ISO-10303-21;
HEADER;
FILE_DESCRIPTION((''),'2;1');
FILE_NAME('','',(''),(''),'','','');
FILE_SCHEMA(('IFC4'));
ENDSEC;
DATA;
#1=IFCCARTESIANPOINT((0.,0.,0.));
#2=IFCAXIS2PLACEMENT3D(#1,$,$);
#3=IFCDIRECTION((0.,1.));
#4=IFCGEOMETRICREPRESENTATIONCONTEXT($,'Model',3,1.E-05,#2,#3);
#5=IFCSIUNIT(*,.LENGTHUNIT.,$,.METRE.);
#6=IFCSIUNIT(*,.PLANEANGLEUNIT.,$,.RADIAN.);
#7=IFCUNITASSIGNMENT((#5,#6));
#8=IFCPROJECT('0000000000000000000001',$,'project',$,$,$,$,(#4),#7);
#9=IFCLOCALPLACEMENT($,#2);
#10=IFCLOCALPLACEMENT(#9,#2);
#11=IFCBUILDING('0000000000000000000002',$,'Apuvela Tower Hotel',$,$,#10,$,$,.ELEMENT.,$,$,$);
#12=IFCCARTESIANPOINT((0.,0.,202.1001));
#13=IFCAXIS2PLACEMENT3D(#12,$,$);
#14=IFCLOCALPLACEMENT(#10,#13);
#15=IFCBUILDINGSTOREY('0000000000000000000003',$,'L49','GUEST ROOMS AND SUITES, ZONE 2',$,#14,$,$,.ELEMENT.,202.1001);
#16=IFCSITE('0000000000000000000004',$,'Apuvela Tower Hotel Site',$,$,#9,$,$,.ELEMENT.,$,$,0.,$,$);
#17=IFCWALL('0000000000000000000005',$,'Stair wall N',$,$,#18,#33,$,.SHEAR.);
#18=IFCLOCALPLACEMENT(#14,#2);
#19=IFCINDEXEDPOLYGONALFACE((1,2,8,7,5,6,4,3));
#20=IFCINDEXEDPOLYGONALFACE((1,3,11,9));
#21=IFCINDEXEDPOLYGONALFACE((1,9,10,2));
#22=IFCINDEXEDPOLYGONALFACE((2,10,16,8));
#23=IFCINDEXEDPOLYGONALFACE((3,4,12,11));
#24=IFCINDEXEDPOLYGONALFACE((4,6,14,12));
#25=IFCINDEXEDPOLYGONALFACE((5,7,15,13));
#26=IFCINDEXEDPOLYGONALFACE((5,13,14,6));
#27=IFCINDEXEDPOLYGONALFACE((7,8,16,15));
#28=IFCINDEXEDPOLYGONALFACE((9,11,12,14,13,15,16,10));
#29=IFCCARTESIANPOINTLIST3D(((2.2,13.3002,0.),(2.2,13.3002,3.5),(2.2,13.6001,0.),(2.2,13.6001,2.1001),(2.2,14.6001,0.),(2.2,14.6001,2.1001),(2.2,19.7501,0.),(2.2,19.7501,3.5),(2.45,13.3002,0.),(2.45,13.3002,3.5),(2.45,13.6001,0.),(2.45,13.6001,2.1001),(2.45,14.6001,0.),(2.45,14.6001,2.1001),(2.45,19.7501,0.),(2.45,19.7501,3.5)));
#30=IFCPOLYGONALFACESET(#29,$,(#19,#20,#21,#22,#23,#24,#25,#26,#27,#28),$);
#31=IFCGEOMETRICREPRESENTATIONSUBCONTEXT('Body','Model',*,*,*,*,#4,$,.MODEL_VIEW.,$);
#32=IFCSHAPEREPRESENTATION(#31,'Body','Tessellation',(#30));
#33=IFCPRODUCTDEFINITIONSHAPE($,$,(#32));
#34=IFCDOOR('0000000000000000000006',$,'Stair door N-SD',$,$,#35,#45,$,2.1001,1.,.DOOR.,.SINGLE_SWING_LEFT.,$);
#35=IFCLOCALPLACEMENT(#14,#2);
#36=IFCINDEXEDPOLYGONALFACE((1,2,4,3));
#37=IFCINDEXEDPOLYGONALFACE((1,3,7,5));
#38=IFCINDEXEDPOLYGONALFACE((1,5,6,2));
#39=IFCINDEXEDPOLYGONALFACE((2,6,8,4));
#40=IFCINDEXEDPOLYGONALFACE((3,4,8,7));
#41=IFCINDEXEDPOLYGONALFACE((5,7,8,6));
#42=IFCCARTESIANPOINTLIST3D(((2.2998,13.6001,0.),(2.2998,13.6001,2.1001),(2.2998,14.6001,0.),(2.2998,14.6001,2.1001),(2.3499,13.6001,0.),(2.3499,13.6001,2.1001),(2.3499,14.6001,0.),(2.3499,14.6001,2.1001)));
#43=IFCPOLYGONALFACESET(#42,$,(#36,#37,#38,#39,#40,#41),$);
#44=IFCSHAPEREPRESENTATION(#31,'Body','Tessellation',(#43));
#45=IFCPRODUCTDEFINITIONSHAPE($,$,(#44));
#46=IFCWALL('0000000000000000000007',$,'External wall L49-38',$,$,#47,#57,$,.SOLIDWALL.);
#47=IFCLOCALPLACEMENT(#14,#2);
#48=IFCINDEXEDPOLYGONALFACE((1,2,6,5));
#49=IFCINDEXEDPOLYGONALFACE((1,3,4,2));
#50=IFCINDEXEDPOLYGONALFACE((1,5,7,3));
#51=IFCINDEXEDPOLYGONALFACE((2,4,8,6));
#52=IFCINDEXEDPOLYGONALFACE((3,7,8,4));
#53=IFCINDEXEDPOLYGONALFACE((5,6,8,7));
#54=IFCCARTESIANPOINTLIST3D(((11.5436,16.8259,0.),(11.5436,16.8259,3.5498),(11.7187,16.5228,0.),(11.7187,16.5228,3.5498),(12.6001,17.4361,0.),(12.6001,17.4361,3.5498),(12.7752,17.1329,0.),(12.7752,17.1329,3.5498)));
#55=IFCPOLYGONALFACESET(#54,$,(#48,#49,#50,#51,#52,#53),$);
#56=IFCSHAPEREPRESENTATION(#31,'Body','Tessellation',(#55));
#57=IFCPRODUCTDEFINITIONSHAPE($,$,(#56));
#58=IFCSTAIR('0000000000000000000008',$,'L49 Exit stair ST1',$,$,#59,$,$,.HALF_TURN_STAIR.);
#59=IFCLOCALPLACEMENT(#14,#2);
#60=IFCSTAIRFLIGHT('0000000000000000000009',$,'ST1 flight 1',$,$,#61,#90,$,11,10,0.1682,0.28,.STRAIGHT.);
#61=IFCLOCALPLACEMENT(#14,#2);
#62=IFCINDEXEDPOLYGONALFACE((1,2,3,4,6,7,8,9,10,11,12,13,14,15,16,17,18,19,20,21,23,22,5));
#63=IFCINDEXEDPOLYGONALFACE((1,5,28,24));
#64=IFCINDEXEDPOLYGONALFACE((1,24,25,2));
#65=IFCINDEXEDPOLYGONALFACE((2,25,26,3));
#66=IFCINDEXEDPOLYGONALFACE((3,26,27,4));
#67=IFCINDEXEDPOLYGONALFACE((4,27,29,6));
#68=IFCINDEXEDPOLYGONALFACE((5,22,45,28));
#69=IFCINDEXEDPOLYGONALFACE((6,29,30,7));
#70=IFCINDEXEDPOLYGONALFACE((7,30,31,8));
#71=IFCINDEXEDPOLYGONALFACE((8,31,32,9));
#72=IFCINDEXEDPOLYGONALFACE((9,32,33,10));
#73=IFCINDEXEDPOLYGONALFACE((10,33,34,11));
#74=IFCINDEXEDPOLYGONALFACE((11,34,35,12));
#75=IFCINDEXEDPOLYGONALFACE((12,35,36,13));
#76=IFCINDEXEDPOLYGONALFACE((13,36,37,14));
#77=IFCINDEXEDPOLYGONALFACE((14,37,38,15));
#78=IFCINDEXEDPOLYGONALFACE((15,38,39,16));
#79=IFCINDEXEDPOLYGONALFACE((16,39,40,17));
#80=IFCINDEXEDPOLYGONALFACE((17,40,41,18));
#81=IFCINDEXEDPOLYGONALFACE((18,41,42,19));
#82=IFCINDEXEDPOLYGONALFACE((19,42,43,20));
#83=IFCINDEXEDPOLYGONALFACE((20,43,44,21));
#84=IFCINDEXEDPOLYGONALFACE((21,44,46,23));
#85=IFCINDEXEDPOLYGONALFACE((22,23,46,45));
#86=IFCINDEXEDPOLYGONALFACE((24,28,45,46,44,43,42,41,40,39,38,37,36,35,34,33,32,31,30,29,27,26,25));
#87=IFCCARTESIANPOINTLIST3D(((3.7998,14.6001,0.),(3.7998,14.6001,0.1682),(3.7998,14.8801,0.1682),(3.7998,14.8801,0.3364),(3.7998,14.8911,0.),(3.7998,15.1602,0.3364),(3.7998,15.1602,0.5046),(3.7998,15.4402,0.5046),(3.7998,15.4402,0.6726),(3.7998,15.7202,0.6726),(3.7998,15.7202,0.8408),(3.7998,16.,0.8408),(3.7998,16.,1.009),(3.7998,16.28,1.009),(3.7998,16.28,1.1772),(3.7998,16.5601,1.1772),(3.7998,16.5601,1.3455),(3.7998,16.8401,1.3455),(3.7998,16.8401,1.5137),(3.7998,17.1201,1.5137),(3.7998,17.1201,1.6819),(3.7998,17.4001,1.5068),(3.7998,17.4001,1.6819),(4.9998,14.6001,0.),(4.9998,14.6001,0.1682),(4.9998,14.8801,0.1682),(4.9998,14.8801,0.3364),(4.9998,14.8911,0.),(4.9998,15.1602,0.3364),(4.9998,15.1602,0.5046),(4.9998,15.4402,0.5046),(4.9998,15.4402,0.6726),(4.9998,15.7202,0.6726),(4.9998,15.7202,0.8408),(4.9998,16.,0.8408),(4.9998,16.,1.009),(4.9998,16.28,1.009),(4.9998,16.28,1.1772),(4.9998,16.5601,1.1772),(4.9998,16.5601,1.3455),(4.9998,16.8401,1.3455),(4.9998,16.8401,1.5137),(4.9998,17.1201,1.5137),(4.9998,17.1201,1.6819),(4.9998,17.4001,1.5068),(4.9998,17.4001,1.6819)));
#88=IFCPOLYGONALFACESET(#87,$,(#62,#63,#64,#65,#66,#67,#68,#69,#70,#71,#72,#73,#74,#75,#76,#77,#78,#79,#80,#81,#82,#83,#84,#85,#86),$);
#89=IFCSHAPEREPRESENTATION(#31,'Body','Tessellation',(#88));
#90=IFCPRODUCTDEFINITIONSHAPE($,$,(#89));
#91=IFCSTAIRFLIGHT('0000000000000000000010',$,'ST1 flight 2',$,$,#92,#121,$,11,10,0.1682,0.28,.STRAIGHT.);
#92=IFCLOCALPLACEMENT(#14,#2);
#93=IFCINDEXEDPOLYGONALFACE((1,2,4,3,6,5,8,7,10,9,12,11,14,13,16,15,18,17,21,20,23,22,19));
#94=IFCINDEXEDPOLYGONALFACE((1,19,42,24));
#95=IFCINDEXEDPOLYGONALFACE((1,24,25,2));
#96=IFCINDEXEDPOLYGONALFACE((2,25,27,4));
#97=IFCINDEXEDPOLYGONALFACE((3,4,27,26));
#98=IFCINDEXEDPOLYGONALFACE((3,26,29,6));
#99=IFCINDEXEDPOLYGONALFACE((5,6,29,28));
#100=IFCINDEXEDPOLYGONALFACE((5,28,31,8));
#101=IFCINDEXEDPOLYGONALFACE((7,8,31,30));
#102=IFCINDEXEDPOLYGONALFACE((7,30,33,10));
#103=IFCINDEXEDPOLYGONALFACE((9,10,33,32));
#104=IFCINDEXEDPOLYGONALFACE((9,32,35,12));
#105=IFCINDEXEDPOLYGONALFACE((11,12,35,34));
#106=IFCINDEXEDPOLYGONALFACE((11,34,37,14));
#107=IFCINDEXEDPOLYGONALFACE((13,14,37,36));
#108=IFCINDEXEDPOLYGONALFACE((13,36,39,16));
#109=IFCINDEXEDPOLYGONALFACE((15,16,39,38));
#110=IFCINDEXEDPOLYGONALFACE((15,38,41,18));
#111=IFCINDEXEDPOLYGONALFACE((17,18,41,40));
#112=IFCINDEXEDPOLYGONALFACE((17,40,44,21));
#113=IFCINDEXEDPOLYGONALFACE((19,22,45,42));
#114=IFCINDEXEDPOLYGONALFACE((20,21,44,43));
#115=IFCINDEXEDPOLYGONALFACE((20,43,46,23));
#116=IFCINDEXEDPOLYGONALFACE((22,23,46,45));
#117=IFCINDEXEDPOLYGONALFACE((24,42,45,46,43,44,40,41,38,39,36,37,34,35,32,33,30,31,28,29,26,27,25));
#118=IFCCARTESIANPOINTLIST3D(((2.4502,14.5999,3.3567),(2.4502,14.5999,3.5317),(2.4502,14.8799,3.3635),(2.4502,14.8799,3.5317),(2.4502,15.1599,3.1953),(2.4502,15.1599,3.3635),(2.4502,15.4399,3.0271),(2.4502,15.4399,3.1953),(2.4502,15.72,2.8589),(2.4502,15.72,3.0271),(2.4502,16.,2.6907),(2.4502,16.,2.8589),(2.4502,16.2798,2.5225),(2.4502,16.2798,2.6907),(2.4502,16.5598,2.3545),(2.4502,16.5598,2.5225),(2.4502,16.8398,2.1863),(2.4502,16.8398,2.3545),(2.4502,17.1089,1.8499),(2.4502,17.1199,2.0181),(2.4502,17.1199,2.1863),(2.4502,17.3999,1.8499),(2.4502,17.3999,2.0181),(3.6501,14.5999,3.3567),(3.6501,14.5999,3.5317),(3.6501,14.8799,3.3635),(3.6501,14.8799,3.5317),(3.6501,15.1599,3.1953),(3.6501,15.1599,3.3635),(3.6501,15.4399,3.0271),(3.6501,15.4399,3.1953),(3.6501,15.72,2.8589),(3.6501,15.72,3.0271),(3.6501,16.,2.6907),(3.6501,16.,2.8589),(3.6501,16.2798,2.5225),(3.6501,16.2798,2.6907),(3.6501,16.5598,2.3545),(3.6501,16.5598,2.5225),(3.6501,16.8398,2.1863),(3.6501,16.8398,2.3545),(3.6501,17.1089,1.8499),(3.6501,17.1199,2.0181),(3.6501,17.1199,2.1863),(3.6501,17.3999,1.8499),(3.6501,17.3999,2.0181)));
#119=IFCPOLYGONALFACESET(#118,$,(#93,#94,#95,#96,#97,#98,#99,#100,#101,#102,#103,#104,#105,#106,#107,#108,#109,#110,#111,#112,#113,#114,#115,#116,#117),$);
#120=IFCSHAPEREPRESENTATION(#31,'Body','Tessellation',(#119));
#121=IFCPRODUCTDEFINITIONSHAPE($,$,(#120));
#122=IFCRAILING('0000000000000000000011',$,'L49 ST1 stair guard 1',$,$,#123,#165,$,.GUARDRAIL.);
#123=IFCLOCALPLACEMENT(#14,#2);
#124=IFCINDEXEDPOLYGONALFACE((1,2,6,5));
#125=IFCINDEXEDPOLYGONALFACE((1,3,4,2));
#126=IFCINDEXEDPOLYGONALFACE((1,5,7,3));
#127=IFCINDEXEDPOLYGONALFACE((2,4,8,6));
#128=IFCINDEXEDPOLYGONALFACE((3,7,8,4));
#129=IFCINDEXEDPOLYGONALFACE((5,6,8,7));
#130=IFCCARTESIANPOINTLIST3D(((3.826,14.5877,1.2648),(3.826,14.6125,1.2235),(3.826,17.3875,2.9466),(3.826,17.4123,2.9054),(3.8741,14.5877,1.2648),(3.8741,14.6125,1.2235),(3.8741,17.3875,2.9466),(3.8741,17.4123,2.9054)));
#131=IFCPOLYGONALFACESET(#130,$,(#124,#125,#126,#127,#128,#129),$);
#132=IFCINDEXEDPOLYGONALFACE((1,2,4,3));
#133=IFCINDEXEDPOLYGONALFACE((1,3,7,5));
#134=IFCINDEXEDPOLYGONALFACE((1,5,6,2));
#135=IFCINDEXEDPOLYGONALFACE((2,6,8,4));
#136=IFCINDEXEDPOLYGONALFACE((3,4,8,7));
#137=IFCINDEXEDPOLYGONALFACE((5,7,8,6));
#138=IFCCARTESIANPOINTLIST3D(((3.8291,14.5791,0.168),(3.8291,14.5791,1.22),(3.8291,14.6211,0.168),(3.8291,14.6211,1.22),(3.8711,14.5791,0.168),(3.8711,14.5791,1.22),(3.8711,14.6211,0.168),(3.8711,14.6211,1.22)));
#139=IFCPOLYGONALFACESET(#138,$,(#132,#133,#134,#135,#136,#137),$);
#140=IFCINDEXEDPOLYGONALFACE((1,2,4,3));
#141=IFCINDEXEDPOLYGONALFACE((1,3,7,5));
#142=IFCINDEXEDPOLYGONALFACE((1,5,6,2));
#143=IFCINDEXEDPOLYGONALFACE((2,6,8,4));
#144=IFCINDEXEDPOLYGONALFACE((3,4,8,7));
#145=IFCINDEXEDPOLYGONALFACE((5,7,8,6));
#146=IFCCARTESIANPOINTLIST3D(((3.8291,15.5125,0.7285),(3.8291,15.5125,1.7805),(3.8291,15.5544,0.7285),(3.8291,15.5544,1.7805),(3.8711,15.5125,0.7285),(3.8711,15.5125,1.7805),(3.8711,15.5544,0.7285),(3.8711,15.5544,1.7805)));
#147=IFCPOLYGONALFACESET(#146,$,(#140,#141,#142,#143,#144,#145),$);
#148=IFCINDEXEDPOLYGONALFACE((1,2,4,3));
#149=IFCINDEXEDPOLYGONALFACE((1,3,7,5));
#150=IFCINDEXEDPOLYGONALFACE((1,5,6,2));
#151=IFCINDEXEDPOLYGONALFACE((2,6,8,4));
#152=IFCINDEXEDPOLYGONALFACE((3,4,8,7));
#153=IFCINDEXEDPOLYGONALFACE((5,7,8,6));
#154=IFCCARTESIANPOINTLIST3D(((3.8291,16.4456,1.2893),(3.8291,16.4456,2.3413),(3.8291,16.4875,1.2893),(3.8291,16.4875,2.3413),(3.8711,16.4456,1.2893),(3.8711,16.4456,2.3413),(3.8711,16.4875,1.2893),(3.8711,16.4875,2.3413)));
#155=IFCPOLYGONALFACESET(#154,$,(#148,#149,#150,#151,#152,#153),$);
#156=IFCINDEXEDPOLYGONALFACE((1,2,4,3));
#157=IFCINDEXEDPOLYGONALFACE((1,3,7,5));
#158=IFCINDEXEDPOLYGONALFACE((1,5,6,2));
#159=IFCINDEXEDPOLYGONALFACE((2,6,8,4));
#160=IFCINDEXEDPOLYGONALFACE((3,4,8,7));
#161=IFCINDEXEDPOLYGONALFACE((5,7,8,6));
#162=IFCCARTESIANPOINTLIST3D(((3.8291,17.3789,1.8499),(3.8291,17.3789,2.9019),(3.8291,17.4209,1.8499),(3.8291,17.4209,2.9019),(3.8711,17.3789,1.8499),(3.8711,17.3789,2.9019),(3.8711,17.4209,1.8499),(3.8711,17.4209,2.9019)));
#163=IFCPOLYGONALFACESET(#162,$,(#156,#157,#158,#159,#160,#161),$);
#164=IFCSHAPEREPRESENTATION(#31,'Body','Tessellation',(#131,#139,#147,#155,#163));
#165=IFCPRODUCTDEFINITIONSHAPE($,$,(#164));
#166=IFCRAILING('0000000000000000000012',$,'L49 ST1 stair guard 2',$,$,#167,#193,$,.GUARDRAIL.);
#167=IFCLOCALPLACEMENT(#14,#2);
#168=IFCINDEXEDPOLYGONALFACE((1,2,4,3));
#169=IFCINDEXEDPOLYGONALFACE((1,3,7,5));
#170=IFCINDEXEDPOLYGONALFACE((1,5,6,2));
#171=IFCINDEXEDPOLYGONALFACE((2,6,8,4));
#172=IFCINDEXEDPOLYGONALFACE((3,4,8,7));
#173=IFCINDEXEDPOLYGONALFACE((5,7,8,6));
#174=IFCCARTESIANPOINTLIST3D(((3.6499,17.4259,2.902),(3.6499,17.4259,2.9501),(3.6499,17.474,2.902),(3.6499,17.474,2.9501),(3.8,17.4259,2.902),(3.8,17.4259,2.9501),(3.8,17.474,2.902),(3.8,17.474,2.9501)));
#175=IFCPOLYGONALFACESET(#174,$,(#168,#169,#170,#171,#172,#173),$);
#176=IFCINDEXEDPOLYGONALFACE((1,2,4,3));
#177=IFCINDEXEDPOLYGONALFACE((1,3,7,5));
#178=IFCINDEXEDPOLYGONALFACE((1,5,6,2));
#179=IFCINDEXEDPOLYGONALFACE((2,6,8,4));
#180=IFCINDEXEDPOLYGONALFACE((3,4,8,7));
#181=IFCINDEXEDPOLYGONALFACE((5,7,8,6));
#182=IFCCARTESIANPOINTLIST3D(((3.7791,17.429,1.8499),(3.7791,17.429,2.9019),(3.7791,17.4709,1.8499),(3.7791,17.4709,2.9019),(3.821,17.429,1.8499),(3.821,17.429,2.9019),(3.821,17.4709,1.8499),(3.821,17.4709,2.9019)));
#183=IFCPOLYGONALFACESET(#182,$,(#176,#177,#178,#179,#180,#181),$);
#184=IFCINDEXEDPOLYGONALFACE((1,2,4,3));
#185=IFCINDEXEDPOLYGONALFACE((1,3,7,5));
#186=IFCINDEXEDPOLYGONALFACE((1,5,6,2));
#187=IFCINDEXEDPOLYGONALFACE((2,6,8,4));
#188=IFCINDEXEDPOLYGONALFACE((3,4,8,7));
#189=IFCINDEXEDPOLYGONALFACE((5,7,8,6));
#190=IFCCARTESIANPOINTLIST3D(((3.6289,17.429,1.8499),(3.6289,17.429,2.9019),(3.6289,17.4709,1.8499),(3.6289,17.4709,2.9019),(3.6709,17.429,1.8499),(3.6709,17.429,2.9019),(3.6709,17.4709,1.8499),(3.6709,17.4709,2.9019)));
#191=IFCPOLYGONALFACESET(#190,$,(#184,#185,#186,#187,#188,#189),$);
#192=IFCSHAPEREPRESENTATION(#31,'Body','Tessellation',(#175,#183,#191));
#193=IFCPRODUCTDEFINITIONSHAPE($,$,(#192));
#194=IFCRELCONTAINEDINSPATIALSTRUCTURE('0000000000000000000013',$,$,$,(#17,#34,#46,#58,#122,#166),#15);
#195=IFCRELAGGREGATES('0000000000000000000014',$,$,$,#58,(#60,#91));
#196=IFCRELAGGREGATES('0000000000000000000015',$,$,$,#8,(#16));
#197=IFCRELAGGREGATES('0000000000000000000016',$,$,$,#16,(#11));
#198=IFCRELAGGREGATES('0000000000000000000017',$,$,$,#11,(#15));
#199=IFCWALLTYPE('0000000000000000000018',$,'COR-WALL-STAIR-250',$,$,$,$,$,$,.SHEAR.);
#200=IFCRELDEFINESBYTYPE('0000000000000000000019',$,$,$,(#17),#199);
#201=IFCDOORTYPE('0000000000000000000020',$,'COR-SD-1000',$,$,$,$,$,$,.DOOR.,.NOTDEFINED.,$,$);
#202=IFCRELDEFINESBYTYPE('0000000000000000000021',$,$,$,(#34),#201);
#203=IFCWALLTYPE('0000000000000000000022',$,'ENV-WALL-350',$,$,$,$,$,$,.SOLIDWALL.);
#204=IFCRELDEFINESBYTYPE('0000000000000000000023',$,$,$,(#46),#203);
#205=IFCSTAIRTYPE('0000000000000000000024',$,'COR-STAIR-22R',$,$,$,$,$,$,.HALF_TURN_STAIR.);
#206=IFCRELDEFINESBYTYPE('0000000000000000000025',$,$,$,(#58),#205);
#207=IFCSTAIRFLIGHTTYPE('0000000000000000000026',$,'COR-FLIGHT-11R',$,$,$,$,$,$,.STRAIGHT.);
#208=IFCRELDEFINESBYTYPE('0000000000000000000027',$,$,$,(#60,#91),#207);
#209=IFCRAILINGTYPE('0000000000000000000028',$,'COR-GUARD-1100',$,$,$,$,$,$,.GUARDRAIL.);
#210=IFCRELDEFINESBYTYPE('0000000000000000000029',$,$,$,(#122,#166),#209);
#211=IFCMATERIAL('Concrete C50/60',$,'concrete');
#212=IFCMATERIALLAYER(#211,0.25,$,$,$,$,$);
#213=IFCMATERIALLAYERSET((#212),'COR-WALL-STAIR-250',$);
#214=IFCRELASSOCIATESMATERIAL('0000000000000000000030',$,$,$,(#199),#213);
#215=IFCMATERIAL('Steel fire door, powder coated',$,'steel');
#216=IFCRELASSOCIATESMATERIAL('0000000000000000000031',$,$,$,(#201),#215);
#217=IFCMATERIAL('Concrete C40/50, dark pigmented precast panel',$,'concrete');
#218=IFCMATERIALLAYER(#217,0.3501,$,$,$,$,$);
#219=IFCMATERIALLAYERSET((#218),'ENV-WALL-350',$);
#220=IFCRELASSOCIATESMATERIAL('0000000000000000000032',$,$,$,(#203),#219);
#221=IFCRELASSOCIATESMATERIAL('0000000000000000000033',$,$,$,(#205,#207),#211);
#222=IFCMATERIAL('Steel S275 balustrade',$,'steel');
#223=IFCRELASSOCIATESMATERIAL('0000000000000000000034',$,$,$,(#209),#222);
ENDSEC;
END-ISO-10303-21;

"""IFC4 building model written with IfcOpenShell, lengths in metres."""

from ifc_helpers import new_model, si_unit, direction, frame, frame_2d, origin, origin_2d, place, context, subcontext, project, spatial, polyline, rectangle, outline, extrude, material, layer, layer_set, type_object, element, fill, aggregate, save


model = new_model("IFC4")

# Units and contexts
model_context = context("Model", 3, precision=1e-05, world=origin(), true_north=direction((0.0, 1.0)))
body_context = subcontext(model_context, "Body", "Model", "MODEL_VIEW")
ifc_project = project(units=[si_unit("LENGTHUNIT", "METRE"), si_unit("PLANEANGLEUNIT", "RADIAN")], contexts=[model_context])

# Site, building, storey
site_placement = place(None, origin())
site = spatial("IfcSite", under=ifc_project, at=site_placement, Name="Apuvela Tower Hotel Site", CompositionType="ELEMENT", RefElevation=0.0)
building_placement = place(site_placement, origin())
building = spatial("IfcBuilding", under=site, at=building_placement, Name="Apuvela Tower Hotel", CompositionType="ELEMENT")
storey_placement = place(building_placement, frame((0.0, 0.0, 202.1001)))
storey = spatial("IfcBuildingStorey", under=building, at=storey_placement, Name="L49", Description="GUEST ROOMS AND SUITES, ZONE 2", CompositionType="ELEMENT", Elevation=202.1001)

# Shared definitions
ifc_material_1 = material(Name="Concrete C50/60", Category="concrete")
ifc_material_2 = material(Name="Steel fire door, powder coated", Category="steel")

# Wall, opening, door
ifc_layer_1 = layer(ifc_material_1, 0.25)
ifc_layer_set_1 = layer_set([ifc_layer_1], Name="COR-WALL-STAIR-250")
wall_type_1 = type_object("IfcWallType", Name="COR-WALL-STAIR-250", PredefinedType="SHEAR", material=ifc_layer_set_1)
wall_1_placement = place(storey_placement, frame((2.325, 13.3, 0.0), z_axis=(0.0, 0.0, 1.0), x_axis=(0.0, 1.0, 0.0)))
wall_1 = element("IfcWall", 1, at=wall_1_placement, inside=storey, type_object=wall_type_1, Name="Stair wall N", PredefinedType="SHEAR", context=body_context, shape_type="SweptSolid", body=[
    extrude(rectangle(XDim=6.45, YDim=0.25, at=frame_2d((3.2251, 0.0))), origin(), (0.0, 0.0, 1.0), 3.5),
])
opening_1_placement = place(wall_1_placement, frame((0.3, 0.0, 0.0)))
opening_1 = element("IfcOpeningElement", 2, at=opening_1_placement, cuts=wall_1, PredefinedType="OPENING", context=body_context, shape_type="SweptSolid", body=[
    extrude(rectangle(XDim=1.0, YDim=2.1001, at=frame_2d((0.5, 1.05))), frame((0.0, 0.135, 0.0), z_axis=(0.0, -1.0, 0.0), x_axis=(1.0, 0.0, 0.0)), (0.0, 0.0, 1.0), 0.27),
])
door_type_1 = type_object("IfcDoorType", Name="COR-SD-1000", OperationType="NOTDEFINED", PredefinedType="DOOR", material=ifc_material_2)
door_1_placement = place(opening_1_placement, frame((1.0, 0.0, 0.0), z_axis=(0.0, 0.0, 1.0), x_axis=(-1.0, 0.0, 0.0)))
door_1 = element("IfcDoor", 3, at=door_1_placement, inside=storey, type_object=door_type_1, Name="Stair door N-SD", OperationType="SINGLE_SWING_LEFT", OverallHeight=2.1001, OverallWidth=1.0, PredefinedType="DOOR", context=body_context, shape_type="SweptSolid", body=[
    extrude(rectangle(XDim=1.0, YDim=2.1001, at=frame_2d((0.5, 1.05))), frame((0.0, 0.0249, 0.0), z_axis=(0.0, -1.0, 0.0), x_axis=(1.0, 0.0, 0.0)), (0.0, 0.0, 1.0), 0.05),
])
fill(opening_1, door_1)

# Wall
ifc_material_3 = material(Name="Concrete C40/50, dark pigmented precast panel", Category="concrete")
ifc_layer_2 = layer(ifc_material_3, 0.3501)
ifc_layer_set_2 = layer_set([ifc_layer_2], Name="ENV-WALL-350")
wall_type_2 = type_object("IfcWallType", Name="ENV-WALL-350", PredefinedType="SOLIDWALL", material=ifc_layer_set_2)
wall_2_placement = place(storey_placement, frame((12.6875, 17.2844, 0.0), z_axis=(0.0, 0.0, 1.0), x_axis=(-0.865956, -0.500121, 0.0)))
element("IfcWall", 4, at=wall_2_placement, inside=storey, type_object=wall_type_2, Name="External wall L49-38", PredefinedType="SOLIDWALL", context=body_context, shape_type="SweptSolid", body=[
    extrude(rectangle(XDim=1.22, YDim=0.3501, at=frame_2d((0.6099, 0.0))), origin(), (0.0, 0.0, 1.0), 3.5498),
])

# Stair, stair flights
stair_type = type_object("IfcStairType", Name="COR-STAIR-22R", PredefinedType="HALF_TURN_STAIR", material=ifc_material_1)
stair_placement = place(storey_placement, origin())
stair = element("IfcStair", 5, at=stair_placement, inside=storey, type_object=stair_type, Name="L49 Exit stair ST1", PredefinedType="HALF_TURN_STAIR")
stair_flight_type = type_object("IfcStairFlightType", Name="COR-FLIGHT-11R", PredefinedType="STRAIGHT", material=ifc_material_1)
stair_flight_1_placement = place(storey_placement, frame((4.3999, 14.6001, 0.0), z_axis=(0.0, 0.0, 1.0), x_axis=(0.0, 1.0, 0.0)))
stair_flight_1 = element("IfcStairFlight", 6, at=stair_flight_1_placement, type_object=stair_flight_type, Name="ST1 flight 1", NumberOfRisers=11, NumberOfTreads=10, PredefinedType="STRAIGHT", RiserHeight=0.1682, TreadLength=0.28, context=body_context, shape_type="SweptSolid", body=[
    extrude(outline(polyline([(0.0, 0.0), (0.0, 0.1682), (0.28, 0.1682), (0.28, 0.3364), (0.5601, 0.3364), (0.5601, 0.5046), (0.8401, 0.5046), (0.8401, 0.6726), (1.1201, 0.6726), (1.1201, 0.8408), (1.3999, 0.8408), (1.3999, 1.009), (1.6799, 1.009), (1.6799, 1.1772), (1.96, 1.1772), (1.96, 1.3455), (2.24, 1.3455), (2.24, 1.5137), (2.52, 1.5137), (2.52, 1.6819), (2.8, 1.6819), (2.8, 1.8501), (2.8, 1.5068), (0.291, 0.0), (0.0, 0.0)])), frame((0.0, 0.6001, 0.0), z_axis=(0.0, -1.0, 0.0), x_axis=(1.0, 0.0, 0.0)), (0.0, 0.0, 1.0), 1.2),
])
stair_flight_2_placement = place(storey_placement, frame((3.05, 17.3999, 1.8499), z_axis=(0.0, 0.0, 1.0), x_axis=(0.0, -1.0, 0.0)))
stair_flight_2 = element("IfcStairFlight", 7, at=stair_flight_2_placement, type_object=stair_flight_type, Name="ST1 flight 2", NumberOfRisers=11, NumberOfTreads=10, PredefinedType="STRAIGHT", RiserHeight=0.1682, TreadLength=0.28, context=body_context, shape_type="SweptSolid", body=[
    extrude(outline(polyline([(0.0, 0.0), (0.0, 0.1682), (0.28, 0.1682), (0.28, 0.3364), (0.5601, 0.3364), (0.5601, 0.5046), (0.8401, 0.5046), (0.8401, 0.6726), (1.1201, 0.6726), (1.1201, 0.8408), (1.3999, 0.8408), (1.3999, 1.009), (1.6799, 1.009), (1.6799, 1.1772), (1.96, 1.1772), (1.96, 1.3455), (2.24, 1.3455), (2.24, 1.5137), (2.52, 1.5137), (2.52, 1.6819), (2.8, 1.6819), (2.8, 1.8501), (2.8, 1.5068), (0.291, 0.0), (0.0, 0.0)])), frame((0.0, 0.6001, 0.0), z_axis=(0.0, -1.0, 0.0), x_axis=(1.0, 0.0, 0.0)), (0.0, 0.0, 1.0), 1.2),
])
aggregate(stair, [stair_flight_1, stair_flight_2])

# Railings
ifc_material_4 = material(Name="Steel S275 balustrade", Category="steel")
railing_type_1 = type_object("IfcRailingType", Name="COR-GUARD-1100", PredefinedType="GUARDRAIL", material=ifc_material_4)
railing_1_placement = place(storey_placement, frame((3.8501, 14.6001, 0.168)))
element("IfcRailing", 8, at=railing_1_placement, inside=storey, type_object=railing_type_1, Name="L49 ST1 stair guard 1", PredefinedType="GUARDRAIL", context=body_context, shape_type="SweptSolid", body=[
    extrude(rectangle(XDim=0.0481, YDim=0.0481, at=origin_2d()), frame((0.0, 0.0, 1.0762), z_axis=(0.0, 0.857222, 0.514946), x_axis=(-1.0, 0.0, 0.0)), (0.0, 0.0, 1.0), 3.2661),
    extrude(rectangle(XDim=0.042, YDim=0.042, at=origin_2d()), origin(), (0.0, 0.0, 1.0), 1.052),
    extrude(rectangle(XDim=0.042, YDim=0.042, at=origin_2d()), frame((0.0, 0.9333, 0.5605)), (0.0, 0.0, 1.0), 1.052),
    extrude(rectangle(XDim=0.042, YDim=0.042, at=origin_2d()), frame((0.0, 1.8665, 1.1213)), (0.0, 0.0, 1.0), 1.052),
    extrude(rectangle(XDim=0.042, YDim=0.042, at=origin_2d()), frame((0.0, 2.7998, 1.6819)), (0.0, 0.0, 1.0), 1.052),
])
railing_2_placement = place(storey_placement, frame((3.8, 17.45, 1.8499)))
element("IfcRailing", 9, at=railing_2_placement, inside=storey, type_object=railing_type_1, Name="L49 ST1 stair guard 2", PredefinedType="GUARDRAIL", context=body_context, shape_type="SweptSolid", body=[
    extrude(rectangle(XDim=0.0481, YDim=0.0481, at=origin_2d()), frame((0.0, 0.0, 1.0762), z_axis=(-1.0, 0.0, 0.0), x_axis=(0.0, -1.0, 0.0)), (0.0, 0.0, 1.0), 0.1501),
    extrude(rectangle(XDim=0.042, YDim=0.042, at=origin_2d()), origin(), (0.0, 0.0, 1.0), 1.052),
    extrude(rectangle(XDim=0.042, YDim=0.042, at=origin_2d()), frame((-0.1501, 0.0, 0.0)), (0.0, 0.0, 1.0), 1.052),
])

save(model, "model.ifc")
